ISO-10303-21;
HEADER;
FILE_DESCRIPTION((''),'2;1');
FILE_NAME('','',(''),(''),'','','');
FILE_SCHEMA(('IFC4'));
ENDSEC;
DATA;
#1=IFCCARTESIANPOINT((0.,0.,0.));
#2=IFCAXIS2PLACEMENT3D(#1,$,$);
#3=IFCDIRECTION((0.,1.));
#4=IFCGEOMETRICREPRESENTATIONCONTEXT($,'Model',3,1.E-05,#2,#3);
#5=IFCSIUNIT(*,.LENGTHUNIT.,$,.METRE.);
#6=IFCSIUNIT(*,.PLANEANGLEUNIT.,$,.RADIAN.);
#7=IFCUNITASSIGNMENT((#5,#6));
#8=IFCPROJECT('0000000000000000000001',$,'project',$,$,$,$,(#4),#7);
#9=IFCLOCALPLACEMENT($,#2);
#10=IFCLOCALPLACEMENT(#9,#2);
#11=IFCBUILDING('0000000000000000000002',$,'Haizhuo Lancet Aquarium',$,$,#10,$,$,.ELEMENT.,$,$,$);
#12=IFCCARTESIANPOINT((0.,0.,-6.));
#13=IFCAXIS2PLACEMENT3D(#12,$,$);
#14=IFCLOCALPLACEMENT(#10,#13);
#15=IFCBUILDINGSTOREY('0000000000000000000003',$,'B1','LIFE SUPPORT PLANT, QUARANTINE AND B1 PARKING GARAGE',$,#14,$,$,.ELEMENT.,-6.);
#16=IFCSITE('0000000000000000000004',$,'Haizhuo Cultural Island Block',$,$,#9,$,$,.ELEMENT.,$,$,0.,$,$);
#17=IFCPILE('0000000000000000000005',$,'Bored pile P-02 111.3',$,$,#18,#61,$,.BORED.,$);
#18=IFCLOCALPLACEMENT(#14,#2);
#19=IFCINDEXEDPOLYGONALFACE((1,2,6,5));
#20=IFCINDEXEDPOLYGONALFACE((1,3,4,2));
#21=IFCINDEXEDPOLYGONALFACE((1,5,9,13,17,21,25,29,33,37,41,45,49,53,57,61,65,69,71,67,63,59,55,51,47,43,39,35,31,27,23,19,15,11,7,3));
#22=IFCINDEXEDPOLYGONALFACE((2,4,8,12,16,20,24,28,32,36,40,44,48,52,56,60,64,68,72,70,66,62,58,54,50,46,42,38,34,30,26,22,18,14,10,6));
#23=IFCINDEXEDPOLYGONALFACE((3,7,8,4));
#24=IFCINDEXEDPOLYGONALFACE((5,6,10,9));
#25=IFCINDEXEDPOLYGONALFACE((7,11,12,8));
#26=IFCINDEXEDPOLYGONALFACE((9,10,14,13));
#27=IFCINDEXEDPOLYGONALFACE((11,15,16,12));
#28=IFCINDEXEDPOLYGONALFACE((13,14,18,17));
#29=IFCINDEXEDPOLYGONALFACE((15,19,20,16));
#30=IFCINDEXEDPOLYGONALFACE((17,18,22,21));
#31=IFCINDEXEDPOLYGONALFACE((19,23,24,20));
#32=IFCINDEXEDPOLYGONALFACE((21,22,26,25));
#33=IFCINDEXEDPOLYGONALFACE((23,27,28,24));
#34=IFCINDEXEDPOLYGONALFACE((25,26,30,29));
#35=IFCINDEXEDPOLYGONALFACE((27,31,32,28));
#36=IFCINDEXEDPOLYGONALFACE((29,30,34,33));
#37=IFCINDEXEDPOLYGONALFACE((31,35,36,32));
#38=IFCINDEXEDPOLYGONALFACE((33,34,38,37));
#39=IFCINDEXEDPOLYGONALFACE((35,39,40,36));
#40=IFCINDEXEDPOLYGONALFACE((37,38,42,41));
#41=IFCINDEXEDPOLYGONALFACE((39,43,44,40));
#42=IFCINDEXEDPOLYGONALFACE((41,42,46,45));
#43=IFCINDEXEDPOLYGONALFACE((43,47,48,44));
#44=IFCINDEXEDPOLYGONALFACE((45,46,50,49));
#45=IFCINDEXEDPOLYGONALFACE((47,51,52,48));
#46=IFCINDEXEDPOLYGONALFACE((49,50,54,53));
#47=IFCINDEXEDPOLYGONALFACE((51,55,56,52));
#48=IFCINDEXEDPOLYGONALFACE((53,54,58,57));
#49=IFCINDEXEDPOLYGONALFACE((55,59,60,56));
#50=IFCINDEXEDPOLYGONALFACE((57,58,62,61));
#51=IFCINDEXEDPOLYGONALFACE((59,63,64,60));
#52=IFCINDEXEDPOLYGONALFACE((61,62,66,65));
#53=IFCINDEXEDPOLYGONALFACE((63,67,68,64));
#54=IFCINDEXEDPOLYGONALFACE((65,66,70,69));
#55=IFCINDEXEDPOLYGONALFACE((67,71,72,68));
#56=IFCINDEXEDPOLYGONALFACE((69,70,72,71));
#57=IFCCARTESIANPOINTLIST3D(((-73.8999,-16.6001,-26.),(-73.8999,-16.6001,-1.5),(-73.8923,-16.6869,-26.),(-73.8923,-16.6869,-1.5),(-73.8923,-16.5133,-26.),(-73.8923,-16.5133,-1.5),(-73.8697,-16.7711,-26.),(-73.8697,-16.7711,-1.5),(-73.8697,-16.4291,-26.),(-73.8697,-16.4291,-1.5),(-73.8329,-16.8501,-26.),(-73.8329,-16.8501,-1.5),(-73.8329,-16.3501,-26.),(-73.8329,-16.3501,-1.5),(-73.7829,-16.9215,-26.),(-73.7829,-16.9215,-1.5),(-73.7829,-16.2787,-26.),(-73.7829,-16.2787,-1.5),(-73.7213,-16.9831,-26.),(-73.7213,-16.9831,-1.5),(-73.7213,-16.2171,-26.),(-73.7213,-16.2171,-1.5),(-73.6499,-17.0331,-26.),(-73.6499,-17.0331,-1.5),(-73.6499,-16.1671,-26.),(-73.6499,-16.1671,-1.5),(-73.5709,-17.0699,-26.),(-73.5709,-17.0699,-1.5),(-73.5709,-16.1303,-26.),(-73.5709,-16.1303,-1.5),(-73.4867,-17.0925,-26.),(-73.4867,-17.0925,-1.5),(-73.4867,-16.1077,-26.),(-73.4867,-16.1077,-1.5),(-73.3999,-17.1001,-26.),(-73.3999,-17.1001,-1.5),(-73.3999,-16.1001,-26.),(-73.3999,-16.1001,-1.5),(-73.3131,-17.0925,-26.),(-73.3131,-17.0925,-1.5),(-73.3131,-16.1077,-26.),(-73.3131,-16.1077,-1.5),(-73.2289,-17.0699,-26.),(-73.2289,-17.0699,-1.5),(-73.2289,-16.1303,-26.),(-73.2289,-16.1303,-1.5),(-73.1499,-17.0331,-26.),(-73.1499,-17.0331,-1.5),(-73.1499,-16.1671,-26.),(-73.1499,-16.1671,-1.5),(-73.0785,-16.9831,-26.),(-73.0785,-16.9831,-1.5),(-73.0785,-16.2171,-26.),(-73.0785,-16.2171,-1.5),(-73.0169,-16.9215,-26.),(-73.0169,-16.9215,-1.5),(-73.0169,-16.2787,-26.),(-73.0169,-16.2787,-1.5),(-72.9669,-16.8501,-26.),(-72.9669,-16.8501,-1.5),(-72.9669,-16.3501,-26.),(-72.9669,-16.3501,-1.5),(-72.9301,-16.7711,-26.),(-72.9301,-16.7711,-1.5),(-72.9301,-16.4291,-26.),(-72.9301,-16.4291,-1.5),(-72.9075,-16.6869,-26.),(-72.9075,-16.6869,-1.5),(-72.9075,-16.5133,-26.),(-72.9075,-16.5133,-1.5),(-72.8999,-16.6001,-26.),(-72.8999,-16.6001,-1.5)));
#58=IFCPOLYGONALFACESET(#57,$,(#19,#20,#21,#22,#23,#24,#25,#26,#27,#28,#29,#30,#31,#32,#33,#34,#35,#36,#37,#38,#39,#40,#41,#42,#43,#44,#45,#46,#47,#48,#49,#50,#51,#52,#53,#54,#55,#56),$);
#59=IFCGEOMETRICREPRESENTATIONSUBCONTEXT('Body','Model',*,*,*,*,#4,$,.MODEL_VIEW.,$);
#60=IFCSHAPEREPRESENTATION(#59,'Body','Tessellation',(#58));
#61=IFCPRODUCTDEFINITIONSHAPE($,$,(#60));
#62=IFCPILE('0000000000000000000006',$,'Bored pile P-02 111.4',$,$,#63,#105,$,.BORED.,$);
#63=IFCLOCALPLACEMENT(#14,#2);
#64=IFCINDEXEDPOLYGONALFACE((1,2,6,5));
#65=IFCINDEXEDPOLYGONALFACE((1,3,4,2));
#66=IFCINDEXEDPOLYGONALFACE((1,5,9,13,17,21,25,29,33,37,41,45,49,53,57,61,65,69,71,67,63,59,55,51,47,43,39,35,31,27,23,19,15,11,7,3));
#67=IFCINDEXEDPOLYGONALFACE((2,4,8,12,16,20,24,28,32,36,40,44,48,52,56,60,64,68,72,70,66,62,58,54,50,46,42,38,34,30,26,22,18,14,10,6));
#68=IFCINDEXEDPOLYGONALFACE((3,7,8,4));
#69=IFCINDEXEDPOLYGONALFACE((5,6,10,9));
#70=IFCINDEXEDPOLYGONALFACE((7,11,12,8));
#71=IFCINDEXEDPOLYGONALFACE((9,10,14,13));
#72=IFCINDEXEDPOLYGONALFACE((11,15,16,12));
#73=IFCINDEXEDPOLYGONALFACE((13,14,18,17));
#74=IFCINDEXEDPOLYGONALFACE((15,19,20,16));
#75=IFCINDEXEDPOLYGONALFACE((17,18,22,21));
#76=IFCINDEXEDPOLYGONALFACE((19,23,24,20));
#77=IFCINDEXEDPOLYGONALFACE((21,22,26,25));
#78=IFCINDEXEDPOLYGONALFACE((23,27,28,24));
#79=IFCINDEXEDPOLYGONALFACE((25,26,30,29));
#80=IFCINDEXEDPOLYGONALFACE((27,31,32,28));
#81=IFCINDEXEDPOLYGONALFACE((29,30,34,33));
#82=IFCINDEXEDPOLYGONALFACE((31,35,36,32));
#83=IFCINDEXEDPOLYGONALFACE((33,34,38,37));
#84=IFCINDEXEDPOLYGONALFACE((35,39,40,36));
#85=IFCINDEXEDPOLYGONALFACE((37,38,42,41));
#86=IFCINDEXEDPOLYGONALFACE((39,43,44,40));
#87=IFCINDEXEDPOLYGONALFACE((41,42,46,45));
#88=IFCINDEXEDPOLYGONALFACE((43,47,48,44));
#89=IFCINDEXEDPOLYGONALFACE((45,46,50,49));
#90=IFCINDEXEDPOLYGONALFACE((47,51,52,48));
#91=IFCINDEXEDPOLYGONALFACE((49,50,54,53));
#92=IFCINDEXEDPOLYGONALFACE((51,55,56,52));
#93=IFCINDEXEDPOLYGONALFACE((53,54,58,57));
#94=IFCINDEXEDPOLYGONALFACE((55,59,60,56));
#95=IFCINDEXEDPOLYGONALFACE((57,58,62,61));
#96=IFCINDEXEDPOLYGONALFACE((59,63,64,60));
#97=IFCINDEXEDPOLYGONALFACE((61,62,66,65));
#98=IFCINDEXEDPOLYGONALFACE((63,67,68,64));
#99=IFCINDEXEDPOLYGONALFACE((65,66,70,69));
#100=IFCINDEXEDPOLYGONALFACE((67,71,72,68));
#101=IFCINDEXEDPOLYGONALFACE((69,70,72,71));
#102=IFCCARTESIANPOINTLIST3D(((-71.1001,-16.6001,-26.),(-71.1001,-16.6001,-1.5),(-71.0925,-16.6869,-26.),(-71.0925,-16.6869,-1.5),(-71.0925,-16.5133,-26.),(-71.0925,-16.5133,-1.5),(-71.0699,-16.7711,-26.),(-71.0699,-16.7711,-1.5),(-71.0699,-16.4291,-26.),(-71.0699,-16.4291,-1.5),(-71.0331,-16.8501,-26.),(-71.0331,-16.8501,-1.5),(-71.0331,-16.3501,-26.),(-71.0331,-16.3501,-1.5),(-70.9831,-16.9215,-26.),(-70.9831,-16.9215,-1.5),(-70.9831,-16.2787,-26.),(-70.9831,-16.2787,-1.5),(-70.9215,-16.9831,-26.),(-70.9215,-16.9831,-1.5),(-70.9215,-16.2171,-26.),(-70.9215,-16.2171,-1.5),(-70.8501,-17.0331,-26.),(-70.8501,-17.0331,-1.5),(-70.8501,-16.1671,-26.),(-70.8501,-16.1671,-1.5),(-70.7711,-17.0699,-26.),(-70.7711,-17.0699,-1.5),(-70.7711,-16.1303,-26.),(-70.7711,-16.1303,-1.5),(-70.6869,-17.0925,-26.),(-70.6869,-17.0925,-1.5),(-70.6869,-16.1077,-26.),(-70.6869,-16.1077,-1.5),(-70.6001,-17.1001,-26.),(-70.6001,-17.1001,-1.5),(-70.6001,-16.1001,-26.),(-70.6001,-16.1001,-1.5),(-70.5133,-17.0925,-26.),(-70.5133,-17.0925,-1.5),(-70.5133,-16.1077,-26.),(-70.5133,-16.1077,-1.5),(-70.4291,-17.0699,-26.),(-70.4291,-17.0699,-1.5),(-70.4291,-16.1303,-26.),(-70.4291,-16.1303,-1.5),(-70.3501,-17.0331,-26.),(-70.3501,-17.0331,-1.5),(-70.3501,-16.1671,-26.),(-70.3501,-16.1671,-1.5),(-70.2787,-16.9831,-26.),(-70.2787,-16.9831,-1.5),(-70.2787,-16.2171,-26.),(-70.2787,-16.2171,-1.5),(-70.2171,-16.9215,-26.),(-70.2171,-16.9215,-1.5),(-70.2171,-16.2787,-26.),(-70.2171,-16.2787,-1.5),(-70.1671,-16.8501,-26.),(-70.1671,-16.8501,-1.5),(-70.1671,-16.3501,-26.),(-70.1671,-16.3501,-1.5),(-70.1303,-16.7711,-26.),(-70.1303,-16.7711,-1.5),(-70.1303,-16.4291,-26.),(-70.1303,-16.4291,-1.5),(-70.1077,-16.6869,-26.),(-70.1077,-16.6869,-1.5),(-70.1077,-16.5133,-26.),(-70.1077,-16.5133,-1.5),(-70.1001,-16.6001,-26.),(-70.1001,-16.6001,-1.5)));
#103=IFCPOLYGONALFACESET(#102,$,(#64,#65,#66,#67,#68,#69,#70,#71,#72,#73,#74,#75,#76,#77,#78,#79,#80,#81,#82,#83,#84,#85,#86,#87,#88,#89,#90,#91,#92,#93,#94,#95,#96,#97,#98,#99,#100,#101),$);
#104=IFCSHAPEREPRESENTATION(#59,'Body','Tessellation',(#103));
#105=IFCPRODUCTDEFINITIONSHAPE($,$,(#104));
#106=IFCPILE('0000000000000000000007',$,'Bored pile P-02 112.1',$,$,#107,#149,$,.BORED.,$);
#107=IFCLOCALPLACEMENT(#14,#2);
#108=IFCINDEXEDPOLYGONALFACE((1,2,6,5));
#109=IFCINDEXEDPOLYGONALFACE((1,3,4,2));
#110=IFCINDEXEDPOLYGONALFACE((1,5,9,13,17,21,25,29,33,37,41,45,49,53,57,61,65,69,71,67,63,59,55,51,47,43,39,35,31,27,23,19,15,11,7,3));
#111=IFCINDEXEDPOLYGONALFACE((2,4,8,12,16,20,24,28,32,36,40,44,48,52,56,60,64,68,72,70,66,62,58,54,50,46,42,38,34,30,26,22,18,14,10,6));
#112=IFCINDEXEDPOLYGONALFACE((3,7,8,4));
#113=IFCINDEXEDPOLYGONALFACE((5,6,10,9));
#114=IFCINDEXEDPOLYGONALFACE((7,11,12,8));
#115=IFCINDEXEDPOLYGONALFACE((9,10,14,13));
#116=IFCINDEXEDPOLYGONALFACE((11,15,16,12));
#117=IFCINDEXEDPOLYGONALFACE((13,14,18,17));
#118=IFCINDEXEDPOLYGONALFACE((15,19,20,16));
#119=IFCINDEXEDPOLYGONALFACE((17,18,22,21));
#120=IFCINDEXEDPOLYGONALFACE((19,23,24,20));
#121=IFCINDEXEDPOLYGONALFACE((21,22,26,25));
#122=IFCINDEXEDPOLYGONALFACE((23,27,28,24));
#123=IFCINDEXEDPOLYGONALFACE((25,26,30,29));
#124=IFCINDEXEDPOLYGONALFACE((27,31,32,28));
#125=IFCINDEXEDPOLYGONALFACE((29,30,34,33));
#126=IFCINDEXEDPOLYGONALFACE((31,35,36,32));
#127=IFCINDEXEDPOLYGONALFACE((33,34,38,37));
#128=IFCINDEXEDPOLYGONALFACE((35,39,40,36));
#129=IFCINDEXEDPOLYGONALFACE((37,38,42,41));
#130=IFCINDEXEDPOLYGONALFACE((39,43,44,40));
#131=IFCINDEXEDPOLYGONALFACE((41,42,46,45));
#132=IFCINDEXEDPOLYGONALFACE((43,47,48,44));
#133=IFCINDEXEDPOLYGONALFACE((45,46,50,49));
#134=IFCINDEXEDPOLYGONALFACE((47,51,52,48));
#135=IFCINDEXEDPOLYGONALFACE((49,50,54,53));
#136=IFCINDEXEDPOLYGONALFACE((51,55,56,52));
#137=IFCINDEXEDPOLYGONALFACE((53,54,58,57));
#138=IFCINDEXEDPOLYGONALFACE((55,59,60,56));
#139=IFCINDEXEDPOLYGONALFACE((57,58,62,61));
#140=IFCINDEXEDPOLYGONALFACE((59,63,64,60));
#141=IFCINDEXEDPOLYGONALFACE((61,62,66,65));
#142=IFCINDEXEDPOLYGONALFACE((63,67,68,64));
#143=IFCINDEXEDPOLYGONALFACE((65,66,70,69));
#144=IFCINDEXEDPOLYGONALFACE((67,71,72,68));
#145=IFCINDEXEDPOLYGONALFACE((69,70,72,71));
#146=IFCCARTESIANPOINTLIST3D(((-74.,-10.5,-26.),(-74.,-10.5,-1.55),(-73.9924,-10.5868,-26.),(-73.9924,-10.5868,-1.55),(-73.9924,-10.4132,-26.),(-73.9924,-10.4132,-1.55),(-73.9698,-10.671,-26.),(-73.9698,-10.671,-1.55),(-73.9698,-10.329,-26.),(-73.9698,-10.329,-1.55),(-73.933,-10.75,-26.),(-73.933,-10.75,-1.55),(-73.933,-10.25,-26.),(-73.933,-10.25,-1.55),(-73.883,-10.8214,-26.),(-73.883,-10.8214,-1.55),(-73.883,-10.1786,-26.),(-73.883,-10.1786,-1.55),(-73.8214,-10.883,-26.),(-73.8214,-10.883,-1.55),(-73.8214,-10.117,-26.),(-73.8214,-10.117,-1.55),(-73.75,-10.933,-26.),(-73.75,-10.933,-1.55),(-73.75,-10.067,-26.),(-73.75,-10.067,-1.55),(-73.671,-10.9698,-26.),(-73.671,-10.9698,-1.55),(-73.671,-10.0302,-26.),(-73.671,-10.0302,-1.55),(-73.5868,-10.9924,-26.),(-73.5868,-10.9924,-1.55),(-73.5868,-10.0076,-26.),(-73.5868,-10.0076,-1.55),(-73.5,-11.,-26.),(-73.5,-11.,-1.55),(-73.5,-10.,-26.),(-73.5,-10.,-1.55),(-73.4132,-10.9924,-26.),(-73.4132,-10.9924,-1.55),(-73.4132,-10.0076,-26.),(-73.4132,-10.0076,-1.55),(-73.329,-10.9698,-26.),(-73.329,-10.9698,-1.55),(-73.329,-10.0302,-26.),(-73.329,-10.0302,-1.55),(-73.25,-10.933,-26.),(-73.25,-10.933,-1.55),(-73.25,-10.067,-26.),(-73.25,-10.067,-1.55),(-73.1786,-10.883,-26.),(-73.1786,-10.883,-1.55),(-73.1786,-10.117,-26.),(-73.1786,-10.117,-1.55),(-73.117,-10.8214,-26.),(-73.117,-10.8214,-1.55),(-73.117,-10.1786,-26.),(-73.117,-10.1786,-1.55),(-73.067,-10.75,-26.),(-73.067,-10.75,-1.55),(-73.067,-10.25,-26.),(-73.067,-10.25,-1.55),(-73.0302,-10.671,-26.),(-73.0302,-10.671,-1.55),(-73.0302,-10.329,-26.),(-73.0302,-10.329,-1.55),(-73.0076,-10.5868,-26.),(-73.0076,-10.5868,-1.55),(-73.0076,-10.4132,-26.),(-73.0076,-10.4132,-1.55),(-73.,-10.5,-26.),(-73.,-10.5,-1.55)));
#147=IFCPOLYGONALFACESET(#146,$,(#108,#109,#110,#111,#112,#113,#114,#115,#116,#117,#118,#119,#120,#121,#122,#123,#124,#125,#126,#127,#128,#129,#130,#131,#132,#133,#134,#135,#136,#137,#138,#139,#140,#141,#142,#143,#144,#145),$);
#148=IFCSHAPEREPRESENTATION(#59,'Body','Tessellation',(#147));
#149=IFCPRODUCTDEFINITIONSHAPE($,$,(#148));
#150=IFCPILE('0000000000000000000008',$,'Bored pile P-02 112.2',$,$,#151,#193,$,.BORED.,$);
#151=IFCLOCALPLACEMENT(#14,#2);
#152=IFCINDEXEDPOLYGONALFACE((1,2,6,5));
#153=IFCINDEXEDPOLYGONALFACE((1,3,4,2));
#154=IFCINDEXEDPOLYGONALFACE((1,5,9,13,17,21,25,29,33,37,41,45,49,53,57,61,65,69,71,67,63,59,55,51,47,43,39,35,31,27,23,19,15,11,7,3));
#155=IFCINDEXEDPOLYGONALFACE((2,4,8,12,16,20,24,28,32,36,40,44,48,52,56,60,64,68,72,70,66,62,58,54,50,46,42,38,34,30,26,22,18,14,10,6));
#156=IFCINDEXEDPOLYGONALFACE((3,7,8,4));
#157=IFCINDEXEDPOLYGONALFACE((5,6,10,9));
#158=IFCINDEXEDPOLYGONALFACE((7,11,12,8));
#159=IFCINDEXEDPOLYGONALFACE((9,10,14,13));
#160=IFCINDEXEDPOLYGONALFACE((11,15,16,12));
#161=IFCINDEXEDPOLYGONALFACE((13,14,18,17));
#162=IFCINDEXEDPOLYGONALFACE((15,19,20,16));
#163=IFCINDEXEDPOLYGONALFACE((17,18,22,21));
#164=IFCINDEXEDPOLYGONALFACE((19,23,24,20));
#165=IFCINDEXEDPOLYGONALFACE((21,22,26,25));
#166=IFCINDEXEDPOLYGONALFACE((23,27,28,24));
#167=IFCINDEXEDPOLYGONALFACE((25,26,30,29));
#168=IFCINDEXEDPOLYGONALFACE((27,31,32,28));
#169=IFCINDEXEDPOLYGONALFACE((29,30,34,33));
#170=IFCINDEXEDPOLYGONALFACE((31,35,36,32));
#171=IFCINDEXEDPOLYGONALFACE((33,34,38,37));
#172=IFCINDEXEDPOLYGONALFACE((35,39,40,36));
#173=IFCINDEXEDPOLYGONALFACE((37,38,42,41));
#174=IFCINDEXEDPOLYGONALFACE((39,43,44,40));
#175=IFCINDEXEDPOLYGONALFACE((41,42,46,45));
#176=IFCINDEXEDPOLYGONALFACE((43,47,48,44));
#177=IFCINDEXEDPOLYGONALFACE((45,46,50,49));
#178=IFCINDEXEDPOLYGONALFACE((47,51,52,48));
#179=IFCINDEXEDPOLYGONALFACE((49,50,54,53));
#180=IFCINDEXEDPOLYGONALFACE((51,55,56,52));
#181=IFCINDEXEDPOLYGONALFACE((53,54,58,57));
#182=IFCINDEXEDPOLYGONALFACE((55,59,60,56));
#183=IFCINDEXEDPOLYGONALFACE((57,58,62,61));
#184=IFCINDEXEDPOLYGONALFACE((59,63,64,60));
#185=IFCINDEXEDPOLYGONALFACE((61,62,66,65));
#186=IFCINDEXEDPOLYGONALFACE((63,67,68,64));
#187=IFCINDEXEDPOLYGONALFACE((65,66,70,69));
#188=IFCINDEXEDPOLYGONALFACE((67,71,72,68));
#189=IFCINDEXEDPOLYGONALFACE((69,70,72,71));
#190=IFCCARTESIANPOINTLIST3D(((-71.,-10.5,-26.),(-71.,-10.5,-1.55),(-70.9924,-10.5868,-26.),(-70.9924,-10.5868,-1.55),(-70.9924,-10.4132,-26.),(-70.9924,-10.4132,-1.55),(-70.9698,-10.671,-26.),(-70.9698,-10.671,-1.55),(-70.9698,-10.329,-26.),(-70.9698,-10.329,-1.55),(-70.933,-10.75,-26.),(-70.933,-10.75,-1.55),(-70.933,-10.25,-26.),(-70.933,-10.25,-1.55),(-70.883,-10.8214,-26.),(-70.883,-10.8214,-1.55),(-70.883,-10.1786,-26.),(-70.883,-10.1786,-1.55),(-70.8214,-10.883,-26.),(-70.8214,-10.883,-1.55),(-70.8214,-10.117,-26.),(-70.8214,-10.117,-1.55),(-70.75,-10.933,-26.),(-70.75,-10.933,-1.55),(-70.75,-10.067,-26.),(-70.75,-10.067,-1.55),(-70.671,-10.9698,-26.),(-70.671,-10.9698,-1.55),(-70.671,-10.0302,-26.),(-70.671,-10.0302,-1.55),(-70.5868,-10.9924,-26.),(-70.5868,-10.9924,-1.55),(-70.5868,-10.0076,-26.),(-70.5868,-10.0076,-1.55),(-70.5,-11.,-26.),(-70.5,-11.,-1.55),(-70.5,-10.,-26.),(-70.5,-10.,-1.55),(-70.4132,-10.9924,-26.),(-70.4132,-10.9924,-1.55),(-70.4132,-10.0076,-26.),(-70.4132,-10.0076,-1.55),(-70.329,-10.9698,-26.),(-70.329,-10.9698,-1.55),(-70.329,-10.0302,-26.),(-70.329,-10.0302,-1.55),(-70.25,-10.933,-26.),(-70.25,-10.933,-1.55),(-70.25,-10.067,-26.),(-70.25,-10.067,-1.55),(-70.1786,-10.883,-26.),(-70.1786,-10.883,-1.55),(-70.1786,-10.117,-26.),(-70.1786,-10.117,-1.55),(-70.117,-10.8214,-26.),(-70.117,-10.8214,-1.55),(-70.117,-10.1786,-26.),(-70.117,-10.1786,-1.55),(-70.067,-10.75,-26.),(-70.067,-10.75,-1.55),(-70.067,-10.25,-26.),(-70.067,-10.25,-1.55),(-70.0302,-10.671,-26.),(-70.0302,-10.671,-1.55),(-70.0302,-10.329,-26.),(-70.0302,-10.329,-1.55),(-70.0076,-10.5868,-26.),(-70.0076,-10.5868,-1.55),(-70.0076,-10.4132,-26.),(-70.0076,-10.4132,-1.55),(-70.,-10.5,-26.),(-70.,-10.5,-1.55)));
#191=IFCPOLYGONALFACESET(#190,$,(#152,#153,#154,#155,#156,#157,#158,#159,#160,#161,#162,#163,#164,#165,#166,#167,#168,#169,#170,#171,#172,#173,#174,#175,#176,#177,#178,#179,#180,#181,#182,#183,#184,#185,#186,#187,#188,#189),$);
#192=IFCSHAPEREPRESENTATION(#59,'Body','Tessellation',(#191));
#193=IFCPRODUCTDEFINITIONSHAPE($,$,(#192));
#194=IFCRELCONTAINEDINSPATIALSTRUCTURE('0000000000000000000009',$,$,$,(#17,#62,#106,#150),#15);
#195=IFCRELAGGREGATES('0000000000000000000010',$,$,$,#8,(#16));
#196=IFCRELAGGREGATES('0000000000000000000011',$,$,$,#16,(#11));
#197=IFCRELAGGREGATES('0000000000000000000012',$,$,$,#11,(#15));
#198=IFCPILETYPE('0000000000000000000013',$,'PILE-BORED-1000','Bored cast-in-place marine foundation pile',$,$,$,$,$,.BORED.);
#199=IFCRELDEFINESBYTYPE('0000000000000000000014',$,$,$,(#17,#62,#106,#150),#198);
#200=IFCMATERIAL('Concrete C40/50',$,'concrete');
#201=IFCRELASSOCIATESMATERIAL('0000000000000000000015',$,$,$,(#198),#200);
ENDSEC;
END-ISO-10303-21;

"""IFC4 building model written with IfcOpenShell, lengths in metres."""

from ifc_helpers import new_model, si_unit, direction, frame, origin, origin_2d, place, context, subcontext, project, spatial, circle, extrude, material, material_profile, profile_set, type_object, element, save


model = new_model("IFC4")

# Units and contexts
model_context = context("Model", 3, precision=1e-05, world=origin(), true_north=direction((0.0, 1.0)))
body_context = subcontext(model_context, "Body", "Model", "MODEL_VIEW")
ifc_project = project(units=[si_unit("LENGTHUNIT", "METRE"), si_unit("PLANEANGLEUNIT", "RADIAN")], contexts=[model_context])

# Site, building, storey
site_placement = place(None, origin())
site = spatial("IfcSite", under=ifc_project, at=site_placement, Name="Haizhuo Cultural Island Block", CompositionType="ELEMENT", RefElevation=0.0)
building_placement = place(site_placement, origin())
building = spatial("IfcBuilding", under=site, at=building_placement, Name="Haizhuo Lancet Aquarium", CompositionType="ELEMENT")
storey_placement = place(building_placement, frame((0.0, 0.0, -6.0)))
storey = spatial("IfcBuildingStorey", under=building, at=storey_placement, Name="B1", Description="LIFE SUPPORT PLANT, QUARANTINE AND B1 PARKING GARAGE", CompositionType="ELEMENT", Elevation=-6.0)

# Shared definitions
ifc_material_1 = material(Name="Concrete C40/50", Category="concrete")

# Piles
ifc_material_profile_1 = material_profile(ifc_material_1, circle(Radius=0.5, at=origin_2d()), Name="PILE-1000")
ifc_profile_set_1 = profile_set([ifc_material_profile_1], Name="Concrete C40/50")
pile_type = type_object("IfcPileType", Name="PILE-BORED-1000", Description="Bored cast-in-place marine foundation pile", PredefinedType="BORED", material=ifc_profile_set_1)
for number, where, z_axis, x_axis, name in (
    (1, (-73.3999, -16.6001, -1.5), (0.0, 0.0, -1.0), (1.0, 0.0, 0.0), "Bored pile P-02 111.3"),
    (2, (-70.6001, -16.6001, -1.5), (0.0, 0.0, -1.0), (1.0, 0.0, 0.0), "Bored pile P-02 111.4"),
):
    element("IfcPile", number, at=place(storey_placement, frame(where, z_axis=z_axis, x_axis=x_axis)), inside=storey, type_object=pile_type, Name=name, PredefinedType="BORED", context=body_context, shape_type="SweptSolid", body=[
        extrude(circle(Radius=0.5, at=origin_2d()), origin(), (0.0, 0.0, 1.0), 24.5),
    ])
for number, where, z_axis, x_axis, name in (
    (3, (-73.5, -10.5, -1.55), (0.0, 0.0, -1.0), (1.0, 0.0, 0.0), "Bored pile P-02 112.1"),
    (4, (-70.5, -10.5, -1.55), (0.0, 0.0, -1.0), (1.0, 0.0, 0.0), "Bored pile P-02 112.2"),
):
    element("IfcPile", number, at=place(storey_placement, frame(where, z_axis=z_axis, x_axis=x_axis)), inside=storey, type_object=pile_type, Name=name, PredefinedType="BORED", context=body_context, shape_type="SweptSolid", body=[
        extrude(circle(Radius=0.5, at=origin_2d()), origin(), (0.0, 0.0, 1.0), 24.45),
    ])

save(model, "model.ifc")
